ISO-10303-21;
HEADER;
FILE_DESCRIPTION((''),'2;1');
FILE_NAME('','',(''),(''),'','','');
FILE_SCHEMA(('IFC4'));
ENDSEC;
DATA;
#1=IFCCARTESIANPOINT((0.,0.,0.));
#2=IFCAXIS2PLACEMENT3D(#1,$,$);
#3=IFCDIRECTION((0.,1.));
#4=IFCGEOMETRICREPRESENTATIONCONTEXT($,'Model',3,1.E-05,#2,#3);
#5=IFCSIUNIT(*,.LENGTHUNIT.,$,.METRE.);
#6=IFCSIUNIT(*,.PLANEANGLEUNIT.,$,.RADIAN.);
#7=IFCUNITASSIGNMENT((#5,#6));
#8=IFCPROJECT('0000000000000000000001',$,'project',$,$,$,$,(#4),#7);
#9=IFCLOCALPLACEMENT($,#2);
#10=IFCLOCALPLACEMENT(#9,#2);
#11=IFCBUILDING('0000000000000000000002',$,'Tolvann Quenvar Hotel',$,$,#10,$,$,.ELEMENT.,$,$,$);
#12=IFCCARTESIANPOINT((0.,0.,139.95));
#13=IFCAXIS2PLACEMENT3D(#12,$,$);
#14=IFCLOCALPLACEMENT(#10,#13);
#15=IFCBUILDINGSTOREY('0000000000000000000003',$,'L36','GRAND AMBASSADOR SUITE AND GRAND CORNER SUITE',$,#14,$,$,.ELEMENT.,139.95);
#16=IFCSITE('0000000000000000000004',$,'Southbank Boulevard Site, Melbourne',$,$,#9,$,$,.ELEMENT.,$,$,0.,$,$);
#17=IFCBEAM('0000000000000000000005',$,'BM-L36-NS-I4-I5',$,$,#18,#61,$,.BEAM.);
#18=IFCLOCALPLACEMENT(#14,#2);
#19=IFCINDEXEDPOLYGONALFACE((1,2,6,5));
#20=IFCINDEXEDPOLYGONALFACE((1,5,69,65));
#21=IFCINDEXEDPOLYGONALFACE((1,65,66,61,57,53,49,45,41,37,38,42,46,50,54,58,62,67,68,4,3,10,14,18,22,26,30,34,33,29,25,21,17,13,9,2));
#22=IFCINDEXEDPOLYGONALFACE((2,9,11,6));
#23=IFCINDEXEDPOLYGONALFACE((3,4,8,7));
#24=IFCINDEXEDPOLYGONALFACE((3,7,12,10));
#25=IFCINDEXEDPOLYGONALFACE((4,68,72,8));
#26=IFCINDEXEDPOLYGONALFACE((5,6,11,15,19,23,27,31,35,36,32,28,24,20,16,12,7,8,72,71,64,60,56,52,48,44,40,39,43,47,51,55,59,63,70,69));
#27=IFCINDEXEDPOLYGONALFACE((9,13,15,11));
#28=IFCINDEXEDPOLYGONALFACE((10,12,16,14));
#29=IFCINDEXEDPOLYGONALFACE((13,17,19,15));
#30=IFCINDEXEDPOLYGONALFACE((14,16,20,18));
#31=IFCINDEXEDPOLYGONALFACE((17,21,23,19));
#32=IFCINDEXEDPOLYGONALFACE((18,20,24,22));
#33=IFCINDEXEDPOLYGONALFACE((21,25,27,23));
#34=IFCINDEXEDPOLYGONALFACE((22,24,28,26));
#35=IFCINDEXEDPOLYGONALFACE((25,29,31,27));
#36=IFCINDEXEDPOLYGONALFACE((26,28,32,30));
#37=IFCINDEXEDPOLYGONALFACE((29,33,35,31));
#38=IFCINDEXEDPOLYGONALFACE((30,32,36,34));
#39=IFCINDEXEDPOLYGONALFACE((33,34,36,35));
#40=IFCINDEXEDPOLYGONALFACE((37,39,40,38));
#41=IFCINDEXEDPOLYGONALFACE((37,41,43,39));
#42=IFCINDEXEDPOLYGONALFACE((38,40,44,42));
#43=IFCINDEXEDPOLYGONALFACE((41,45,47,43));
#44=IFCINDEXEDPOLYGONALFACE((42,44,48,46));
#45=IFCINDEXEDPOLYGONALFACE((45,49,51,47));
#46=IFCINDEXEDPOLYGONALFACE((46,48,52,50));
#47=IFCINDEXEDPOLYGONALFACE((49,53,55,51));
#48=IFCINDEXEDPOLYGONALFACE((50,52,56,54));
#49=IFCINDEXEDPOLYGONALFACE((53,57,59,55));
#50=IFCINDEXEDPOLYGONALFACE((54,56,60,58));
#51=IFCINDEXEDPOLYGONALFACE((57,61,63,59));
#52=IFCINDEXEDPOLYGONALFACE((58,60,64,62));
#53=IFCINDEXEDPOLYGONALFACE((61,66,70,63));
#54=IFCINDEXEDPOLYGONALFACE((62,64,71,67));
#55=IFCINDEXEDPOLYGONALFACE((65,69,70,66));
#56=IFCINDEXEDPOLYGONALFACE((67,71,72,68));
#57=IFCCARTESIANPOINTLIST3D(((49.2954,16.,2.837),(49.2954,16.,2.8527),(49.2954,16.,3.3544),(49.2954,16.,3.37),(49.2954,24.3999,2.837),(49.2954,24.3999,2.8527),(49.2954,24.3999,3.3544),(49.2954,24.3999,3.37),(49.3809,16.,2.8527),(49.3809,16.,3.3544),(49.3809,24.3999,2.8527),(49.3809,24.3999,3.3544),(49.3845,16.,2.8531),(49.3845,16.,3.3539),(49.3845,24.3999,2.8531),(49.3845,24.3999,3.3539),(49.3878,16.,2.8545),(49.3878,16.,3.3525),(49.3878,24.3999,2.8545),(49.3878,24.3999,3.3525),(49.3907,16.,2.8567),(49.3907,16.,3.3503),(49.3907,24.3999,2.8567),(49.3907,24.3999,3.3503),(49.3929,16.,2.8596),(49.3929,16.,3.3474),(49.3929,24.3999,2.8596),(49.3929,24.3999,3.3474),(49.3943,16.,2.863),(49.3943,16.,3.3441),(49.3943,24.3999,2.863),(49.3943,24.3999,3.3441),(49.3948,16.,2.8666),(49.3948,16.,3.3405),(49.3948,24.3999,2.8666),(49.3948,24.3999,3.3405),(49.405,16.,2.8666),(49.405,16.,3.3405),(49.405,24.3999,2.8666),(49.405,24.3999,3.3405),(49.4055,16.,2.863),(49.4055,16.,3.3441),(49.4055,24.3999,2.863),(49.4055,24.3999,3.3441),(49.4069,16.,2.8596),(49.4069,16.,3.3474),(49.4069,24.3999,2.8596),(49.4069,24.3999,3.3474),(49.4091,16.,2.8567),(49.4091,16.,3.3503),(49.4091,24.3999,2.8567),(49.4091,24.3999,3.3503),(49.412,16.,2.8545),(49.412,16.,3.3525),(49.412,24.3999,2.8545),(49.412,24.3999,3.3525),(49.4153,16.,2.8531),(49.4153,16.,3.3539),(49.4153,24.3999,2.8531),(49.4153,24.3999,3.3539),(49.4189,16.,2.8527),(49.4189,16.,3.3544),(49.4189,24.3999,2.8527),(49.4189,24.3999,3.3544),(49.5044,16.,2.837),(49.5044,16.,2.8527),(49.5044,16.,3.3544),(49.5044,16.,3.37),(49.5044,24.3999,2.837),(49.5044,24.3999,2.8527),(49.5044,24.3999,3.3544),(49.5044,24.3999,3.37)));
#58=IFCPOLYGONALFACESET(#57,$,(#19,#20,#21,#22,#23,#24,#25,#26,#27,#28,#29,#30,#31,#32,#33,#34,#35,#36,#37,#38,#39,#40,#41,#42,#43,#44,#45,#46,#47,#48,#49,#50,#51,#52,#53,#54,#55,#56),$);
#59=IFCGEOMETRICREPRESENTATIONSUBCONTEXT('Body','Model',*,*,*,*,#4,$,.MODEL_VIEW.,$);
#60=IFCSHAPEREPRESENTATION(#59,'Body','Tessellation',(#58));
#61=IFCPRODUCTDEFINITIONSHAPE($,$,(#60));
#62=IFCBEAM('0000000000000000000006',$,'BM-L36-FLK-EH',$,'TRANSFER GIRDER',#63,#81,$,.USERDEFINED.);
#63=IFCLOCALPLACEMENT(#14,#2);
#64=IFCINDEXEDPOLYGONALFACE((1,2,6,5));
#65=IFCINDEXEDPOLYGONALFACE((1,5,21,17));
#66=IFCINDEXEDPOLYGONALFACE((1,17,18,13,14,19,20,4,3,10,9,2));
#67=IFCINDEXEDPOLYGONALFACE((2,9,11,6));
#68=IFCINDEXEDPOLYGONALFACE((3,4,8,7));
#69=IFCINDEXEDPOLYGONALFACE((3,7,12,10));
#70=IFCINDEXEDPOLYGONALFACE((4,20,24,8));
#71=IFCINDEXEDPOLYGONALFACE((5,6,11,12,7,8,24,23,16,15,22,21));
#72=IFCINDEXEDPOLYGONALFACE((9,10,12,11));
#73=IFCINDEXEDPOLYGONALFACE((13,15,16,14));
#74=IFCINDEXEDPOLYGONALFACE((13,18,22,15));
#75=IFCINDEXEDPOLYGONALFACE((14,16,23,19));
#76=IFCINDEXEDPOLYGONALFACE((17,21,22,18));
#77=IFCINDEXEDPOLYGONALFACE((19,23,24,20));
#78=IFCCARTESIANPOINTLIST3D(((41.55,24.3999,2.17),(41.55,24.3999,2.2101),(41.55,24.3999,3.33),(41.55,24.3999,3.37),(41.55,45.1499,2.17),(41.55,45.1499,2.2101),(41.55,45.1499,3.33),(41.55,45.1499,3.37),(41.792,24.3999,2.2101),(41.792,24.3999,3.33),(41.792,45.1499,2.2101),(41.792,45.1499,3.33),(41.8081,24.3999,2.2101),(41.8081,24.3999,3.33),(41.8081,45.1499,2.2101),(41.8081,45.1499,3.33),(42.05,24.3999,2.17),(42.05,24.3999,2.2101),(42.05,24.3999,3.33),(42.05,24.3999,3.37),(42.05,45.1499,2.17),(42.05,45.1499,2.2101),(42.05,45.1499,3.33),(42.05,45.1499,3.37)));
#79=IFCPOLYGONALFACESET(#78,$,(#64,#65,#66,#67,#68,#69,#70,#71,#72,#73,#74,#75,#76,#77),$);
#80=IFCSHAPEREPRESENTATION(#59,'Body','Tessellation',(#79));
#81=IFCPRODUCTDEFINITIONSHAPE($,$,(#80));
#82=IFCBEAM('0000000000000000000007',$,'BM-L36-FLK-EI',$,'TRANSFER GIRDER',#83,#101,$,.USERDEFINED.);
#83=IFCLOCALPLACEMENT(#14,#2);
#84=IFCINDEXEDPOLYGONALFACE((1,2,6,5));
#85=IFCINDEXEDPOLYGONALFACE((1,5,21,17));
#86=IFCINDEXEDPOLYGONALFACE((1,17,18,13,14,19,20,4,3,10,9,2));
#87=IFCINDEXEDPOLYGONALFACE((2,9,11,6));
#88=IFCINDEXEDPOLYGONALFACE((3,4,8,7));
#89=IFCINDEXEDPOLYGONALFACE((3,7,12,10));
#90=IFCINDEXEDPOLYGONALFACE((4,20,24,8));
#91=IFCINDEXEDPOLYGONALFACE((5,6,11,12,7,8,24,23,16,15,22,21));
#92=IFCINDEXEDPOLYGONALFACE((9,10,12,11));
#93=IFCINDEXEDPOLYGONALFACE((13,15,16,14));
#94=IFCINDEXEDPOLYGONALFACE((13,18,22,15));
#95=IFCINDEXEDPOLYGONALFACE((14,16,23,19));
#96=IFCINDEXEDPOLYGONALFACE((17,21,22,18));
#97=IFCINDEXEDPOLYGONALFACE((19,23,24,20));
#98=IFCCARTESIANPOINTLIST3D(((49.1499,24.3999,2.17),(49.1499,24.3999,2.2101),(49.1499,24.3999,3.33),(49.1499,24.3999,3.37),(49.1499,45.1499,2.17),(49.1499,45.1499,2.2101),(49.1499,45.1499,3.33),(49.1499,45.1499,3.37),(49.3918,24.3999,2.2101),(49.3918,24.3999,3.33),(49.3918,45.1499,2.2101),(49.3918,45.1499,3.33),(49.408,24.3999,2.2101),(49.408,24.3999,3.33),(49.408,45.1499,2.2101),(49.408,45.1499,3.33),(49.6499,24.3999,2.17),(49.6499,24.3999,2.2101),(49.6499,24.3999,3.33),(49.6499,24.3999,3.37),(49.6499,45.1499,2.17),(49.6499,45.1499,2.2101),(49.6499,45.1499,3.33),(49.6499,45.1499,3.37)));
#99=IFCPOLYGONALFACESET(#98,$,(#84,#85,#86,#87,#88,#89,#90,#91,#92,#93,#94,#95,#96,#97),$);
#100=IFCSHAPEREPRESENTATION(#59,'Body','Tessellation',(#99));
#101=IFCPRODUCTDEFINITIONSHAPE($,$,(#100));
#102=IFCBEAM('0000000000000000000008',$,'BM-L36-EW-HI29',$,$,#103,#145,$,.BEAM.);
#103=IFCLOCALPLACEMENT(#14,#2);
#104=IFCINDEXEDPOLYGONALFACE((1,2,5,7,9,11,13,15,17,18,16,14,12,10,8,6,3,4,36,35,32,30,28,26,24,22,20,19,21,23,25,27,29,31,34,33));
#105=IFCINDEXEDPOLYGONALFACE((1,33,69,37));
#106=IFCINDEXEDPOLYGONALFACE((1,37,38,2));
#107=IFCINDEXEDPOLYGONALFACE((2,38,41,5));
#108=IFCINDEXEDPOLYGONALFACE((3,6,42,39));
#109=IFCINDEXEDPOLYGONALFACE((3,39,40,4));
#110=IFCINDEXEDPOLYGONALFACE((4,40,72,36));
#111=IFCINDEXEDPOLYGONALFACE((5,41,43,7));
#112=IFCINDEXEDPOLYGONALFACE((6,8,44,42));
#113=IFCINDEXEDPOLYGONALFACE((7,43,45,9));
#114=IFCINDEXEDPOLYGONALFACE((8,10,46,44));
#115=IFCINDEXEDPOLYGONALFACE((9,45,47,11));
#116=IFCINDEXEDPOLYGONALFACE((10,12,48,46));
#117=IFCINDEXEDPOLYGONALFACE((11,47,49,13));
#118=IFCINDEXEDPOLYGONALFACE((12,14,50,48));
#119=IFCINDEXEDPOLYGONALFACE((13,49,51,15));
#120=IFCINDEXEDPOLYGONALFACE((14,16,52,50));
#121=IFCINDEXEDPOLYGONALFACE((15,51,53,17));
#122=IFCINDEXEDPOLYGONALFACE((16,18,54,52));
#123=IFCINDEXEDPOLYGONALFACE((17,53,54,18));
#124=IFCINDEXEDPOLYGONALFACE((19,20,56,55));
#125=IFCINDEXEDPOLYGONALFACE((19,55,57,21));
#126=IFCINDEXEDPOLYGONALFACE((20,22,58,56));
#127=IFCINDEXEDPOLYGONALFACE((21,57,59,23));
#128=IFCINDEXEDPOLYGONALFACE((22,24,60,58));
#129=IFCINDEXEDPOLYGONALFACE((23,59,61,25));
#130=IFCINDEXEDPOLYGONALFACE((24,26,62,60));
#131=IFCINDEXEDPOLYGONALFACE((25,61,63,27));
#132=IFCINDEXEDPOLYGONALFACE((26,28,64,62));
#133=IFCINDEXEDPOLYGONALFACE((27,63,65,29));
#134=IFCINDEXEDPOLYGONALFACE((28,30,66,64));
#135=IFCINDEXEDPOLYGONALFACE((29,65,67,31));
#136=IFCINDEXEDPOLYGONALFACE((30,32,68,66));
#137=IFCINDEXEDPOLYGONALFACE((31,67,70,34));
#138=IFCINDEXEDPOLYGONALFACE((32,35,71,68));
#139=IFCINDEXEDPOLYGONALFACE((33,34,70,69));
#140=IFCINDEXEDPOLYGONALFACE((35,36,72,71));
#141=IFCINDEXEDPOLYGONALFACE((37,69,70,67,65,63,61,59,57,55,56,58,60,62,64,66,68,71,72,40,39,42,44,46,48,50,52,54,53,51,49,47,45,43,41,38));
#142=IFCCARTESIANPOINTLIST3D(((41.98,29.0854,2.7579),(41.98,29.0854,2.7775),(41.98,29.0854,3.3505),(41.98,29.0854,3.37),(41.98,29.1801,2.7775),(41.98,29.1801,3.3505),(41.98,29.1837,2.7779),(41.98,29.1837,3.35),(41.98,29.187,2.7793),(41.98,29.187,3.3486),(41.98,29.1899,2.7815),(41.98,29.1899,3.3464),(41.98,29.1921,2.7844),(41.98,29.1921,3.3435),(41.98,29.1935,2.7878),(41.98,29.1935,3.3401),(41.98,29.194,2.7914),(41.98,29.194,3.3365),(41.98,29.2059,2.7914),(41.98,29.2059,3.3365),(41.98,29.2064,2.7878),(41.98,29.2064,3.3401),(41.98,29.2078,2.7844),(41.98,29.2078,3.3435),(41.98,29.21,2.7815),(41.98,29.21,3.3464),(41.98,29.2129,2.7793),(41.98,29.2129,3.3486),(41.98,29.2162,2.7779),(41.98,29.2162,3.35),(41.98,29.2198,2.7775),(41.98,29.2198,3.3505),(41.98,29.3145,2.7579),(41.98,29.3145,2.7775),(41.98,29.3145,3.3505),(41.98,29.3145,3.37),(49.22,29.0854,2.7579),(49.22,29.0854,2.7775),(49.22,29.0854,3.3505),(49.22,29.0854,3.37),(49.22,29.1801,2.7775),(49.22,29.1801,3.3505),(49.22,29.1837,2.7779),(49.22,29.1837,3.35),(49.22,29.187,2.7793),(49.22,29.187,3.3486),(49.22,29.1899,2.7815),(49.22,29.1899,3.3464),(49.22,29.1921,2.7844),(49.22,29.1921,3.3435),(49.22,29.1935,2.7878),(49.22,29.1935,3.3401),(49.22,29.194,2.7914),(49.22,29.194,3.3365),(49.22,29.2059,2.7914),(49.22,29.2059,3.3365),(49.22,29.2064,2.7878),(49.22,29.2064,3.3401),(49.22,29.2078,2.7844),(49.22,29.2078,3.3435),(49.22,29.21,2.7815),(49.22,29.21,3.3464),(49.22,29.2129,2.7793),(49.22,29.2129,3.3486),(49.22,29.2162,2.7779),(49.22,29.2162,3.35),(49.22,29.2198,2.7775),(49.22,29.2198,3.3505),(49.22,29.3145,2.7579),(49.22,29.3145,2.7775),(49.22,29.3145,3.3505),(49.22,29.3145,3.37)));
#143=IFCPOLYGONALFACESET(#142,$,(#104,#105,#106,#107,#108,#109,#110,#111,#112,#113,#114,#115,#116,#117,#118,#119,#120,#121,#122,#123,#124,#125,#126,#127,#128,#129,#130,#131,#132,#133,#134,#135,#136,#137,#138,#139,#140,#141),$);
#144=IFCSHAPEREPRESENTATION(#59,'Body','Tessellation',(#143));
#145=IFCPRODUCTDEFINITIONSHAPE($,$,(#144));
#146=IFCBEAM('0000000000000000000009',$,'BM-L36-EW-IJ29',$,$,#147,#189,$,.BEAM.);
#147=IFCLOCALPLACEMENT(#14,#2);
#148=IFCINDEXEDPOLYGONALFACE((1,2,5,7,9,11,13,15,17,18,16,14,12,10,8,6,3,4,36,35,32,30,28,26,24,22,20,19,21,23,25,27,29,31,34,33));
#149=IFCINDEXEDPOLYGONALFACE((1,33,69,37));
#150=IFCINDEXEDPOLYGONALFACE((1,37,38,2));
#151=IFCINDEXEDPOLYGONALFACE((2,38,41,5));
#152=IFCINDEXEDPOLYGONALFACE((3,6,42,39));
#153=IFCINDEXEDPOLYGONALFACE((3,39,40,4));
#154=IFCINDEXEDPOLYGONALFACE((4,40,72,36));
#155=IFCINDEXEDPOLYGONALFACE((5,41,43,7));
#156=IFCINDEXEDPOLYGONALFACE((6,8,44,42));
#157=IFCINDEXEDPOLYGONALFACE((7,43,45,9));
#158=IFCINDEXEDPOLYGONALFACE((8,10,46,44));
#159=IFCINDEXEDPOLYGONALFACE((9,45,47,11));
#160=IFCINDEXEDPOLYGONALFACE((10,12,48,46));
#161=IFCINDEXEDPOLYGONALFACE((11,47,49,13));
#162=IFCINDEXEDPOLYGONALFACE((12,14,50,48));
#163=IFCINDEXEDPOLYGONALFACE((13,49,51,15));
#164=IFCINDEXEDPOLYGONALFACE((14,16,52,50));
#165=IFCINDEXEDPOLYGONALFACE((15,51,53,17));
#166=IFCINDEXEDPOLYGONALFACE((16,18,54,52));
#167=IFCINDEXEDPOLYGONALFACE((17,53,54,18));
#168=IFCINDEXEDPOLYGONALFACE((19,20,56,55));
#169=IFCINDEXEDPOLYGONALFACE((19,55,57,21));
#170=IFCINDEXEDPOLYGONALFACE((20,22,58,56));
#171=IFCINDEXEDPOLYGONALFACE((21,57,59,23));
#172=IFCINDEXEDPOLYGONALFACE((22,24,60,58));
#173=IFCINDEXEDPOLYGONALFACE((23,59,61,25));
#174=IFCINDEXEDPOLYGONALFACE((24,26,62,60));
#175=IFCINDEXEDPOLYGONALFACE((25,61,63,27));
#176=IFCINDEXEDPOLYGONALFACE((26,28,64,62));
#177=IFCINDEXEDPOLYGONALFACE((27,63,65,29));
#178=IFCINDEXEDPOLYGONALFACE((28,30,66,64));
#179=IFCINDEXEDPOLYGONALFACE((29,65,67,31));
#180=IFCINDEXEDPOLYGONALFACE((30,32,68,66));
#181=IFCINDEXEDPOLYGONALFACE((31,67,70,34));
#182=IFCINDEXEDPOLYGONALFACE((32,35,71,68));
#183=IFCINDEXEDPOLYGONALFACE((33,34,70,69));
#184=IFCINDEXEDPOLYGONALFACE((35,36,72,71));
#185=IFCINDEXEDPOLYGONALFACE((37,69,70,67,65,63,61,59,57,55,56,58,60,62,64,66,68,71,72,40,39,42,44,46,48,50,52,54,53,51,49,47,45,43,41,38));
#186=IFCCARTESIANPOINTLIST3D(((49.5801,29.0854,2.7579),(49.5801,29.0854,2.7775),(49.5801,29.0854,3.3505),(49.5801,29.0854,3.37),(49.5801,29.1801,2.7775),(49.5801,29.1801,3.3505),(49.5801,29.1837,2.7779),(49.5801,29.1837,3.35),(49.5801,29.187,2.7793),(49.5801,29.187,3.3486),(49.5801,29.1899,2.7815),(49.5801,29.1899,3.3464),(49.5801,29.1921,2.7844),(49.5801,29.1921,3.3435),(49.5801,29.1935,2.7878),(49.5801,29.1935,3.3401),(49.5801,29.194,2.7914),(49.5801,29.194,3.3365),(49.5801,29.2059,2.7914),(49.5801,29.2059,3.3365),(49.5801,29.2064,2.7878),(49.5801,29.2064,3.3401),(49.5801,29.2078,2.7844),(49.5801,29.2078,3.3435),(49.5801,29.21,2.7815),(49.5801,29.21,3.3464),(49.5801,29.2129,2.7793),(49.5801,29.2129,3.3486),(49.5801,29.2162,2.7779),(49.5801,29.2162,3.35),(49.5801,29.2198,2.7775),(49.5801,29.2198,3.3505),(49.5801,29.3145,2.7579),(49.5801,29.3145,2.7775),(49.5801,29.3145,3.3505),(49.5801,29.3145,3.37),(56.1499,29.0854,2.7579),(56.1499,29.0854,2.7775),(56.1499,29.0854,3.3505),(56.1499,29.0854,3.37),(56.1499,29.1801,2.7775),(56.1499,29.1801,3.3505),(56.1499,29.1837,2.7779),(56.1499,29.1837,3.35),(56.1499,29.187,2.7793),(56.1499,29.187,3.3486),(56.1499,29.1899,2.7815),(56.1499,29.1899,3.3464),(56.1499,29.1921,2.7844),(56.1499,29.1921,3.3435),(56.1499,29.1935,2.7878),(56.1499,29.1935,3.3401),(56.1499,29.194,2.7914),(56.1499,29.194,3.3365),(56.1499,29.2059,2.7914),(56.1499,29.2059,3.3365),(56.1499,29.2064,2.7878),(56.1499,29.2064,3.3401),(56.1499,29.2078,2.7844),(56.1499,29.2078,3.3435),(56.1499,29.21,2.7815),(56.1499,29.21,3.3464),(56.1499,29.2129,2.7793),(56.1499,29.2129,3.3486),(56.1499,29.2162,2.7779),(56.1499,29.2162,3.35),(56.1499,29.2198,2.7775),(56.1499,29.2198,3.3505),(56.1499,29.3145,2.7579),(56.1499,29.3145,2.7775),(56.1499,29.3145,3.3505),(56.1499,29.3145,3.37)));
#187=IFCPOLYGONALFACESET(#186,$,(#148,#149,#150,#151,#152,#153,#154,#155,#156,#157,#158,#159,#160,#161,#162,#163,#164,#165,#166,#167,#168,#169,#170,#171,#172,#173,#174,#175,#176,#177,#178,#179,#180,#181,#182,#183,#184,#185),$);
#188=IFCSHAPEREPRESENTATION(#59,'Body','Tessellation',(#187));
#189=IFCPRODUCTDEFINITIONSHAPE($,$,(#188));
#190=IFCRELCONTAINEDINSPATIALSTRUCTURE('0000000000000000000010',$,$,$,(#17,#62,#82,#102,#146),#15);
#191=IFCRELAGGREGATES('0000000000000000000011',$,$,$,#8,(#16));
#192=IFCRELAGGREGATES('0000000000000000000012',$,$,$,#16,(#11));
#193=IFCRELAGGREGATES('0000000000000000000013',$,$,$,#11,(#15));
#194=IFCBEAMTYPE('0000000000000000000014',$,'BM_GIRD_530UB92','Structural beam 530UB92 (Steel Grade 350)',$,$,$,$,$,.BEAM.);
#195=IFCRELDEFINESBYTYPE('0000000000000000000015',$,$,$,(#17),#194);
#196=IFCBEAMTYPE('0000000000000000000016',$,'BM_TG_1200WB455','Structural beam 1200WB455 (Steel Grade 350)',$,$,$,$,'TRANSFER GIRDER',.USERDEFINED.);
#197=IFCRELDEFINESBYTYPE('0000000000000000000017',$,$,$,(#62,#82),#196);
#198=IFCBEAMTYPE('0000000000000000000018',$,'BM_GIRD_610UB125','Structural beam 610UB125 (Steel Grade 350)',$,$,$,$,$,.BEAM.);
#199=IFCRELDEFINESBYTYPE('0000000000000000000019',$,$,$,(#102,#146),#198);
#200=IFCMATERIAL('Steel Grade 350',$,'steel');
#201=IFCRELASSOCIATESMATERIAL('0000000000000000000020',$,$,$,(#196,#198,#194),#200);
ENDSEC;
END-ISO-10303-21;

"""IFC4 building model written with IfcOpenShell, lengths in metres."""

from ifc_helpers import new_model, si_unit, direction, frame, origin, origin_2d, place, context, subcontext, project, spatial, i_section, extrude, source, transform, mapped, material, material_profile, profile_set, type_object, type_shapes, element, save


model = new_model("IFC4")

# Units and contexts
model_context = context("Model", 3, precision=1e-05, world=origin(), true_north=direction((0.0, 1.0)))
body_context = subcontext(model_context, "Body", "Model", "MODEL_VIEW")
ifc_project = project(units=[si_unit("LENGTHUNIT", "METRE"), si_unit("PLANEANGLEUNIT", "RADIAN")], contexts=[model_context])

# Site, building, storey
site_placement = place(None, origin())
site = spatial("IfcSite", under=ifc_project, at=site_placement, Name="Southbank Boulevard Site, Melbourne", CompositionType="ELEMENT", RefElevation=0.0)
building_placement = place(site_placement, origin())
building = spatial("IfcBuilding", under=site, at=building_placement, Name="Tolvann Quenvar Hotel", CompositionType="ELEMENT")
storey_placement = place(building_placement, frame((0.0, 0.0, 139.95)))
storey = spatial("IfcBuildingStorey", under=building, at=storey_placement, Name="L36", Description="GRAND AMBASSADOR SUITE AND GRAND CORNER SUITE", CompositionType="ELEMENT", Elevation=139.95)

# Shared definitions
ifc_material_1 = material(Name="Steel Grade 350", Category="steel")

# Beams
ifc_material_profile_1 = material_profile(ifc_material_1, i_section(OverallWidth=0.5, OverallDepth=1.2, WebThickness=0.0161, FlangeThickness=0.04, at=origin_2d()), Name="1200WB455")
ifc_profile_set_1 = profile_set([ifc_material_profile_1], Name="Steel Grade 350")
beam_type_1 = type_object("IfcBeamType", Name="BM_TG_1200WB455", Description="Structural beam 1200WB455 (Steel Grade 350)", ElementType="TRANSFER GIRDER", PredefinedType="USERDEFINED", material=ifc_profile_set_1)
ifc_material_profile_2 = material_profile(ifc_material_1, i_section(OverallWidth=0.229, OverallDepth=0.6121, WebThickness=0.012, FlangeThickness=0.0195, FilletRadius=0.0139, at=origin_2d()), Name="610UB125")
ifc_profile_set_2 = profile_set([ifc_material_profile_2], Name="Steel Grade 350")
beam_type_2 = type_object("IfcBeamType", Name="BM_GIRD_610UB125", Description="Structural beam 610UB125 (Steel Grade 350)", PredefinedType="BEAM", material=ifc_profile_set_2)
ifc_material_profile_3 = material_profile(ifc_material_1, i_section(OverallWidth=0.209, OverallDepth=0.533, WebThickness=0.0103, FlangeThickness=0.0156, FilletRadius=0.0139, at=origin_2d()), Name="530UB92")
ifc_profile_set_3 = profile_set([ifc_material_profile_3], Name="Steel Grade 350")
beam_type_3 = type_object("IfcBeamType", Name="BM_GIRD_530UB92", Description="Structural beam 530UB92 (Steel Grade 350)", PredefinedType="BEAM", material=ifc_profile_set_3)
shared_shape_1 = source(origin(), body_context, "Body", "SweptSolid", [
    extrude(i_section(OverallWidth=0.209, OverallDepth=0.533, WebThickness=0.0103, FlangeThickness=0.0156, FilletRadius=0.0139, at=origin_2d()), origin(), (0.0, 0.0, 1.0), 8.3999),
])
type_shapes(beam_type_3, [shared_shape_1])
beam_1_placement = place(storey_placement, frame((49.3999, 16.0, 3.1035), z_axis=(0.0, 1.0, 0.0), x_axis=(-1.0, 0.0, 0.0)))
element("IfcBeam", 1, at=beam_1_placement, inside=storey, type_object=beam_type_3, Name="BM-L36-NS-I4-I5", PredefinedType="BEAM", context=body_context, shape_type="MappedRepresentation", body=[
    mapped(shared_shape_1, transform((0.0, 0.0, 0.0), x_axis=(1.0, 0.0, 0.0), y_axis=(0.0, 1.0, 0.0), z_axis=(0.0, 0.0, 1.0), scale=1.0)),
])
shared_shape_2 = source(origin(), body_context, "Body", "SweptSolid", [
    extrude(i_section(OverallWidth=0.5, OverallDepth=1.2, WebThickness=0.0161, FlangeThickness=0.04, at=origin_2d()), origin(), (0.0, 0.0, 1.0), 20.75),
])
for number, where, z_axis, x_axis, name in (
    (2, (41.8, 24.3999, 2.77), (0.0, 1.0, 0.0), (-1.0, 0.0, 0.0), "BM-L36-FLK-EH"),
    (3, (49.3999, 24.3999, 2.77), (0.0, 1.0, 0.0), (-1.0, 0.0, 0.0), "BM-L36-FLK-EI"),
):
    element("IfcBeam", number, at=place(storey_placement, frame(where, z_axis=z_axis, x_axis=x_axis)), inside=storey, type_object=beam_type_1, Name=name, ObjectType="TRANSFER GIRDER", PredefinedType="USERDEFINED", context=body_context, shape_type="MappedRepresentation", body=[
        mapped(shared_shape_2, transform((0.0, 0.0, 0.0), x_axis=(1.0, 0.0, 0.0), y_axis=(0.0, 1.0, 0.0), z_axis=(0.0, 0.0, 1.0), scale=1.0)),
    ])
shared_shape_3 = source(origin(), body_context, "Body", "SweptSolid", [
    extrude(i_section(OverallWidth=0.229, OverallDepth=0.6121, WebThickness=0.012, FlangeThickness=0.0195, FilletRadius=0.0139, at=origin_2d()), origin(), (0.0, 0.0, 1.0), 7.24),
])
beam_2_placement = place(storey_placement, frame((41.98, 29.2, 3.064), z_axis=(1.0, 0.0, 0.0), x_axis=(0.0, 1.0, 0.0)))
element("IfcBeam", 4, at=beam_2_placement, inside=storey, type_object=beam_type_2, Name="BM-L36-EW-HI29", PredefinedType="BEAM", context=body_context, shape_type="MappedRepresentation", body=[
    mapped(shared_shape_3, transform((0.0, 0.0, 0.0), x_axis=(1.0, 0.0, 0.0), y_axis=(0.0, 1.0, 0.0), z_axis=(0.0, 0.0, 1.0), scale=1.0)),
])
shared_shape_4 = source(origin(), body_context, "Body", "SweptSolid", [
    extrude(i_section(OverallWidth=0.229, OverallDepth=0.6121, WebThickness=0.012, FlangeThickness=0.0195, FilletRadius=0.0139, at=origin_2d()), origin(), (0.0, 0.0, 1.0), 6.5698),
])
beam_3_placement = place(storey_placement, frame((49.5801, 29.2, 3.064), z_axis=(1.0, 0.0, 0.0), x_axis=(0.0, 1.0, 0.0)))
element("IfcBeam", 5, at=beam_3_placement, inside=storey, type_object=beam_type_2, Name="BM-L36-EW-IJ29", PredefinedType="BEAM", context=body_context, shape_type="MappedRepresentation", body=[
    mapped(shared_shape_4, transform((0.0, 0.0, 0.0), x_axis=(1.0, 0.0, 0.0), y_axis=(0.0, 1.0, 0.0), z_axis=(0.0, 0.0, 1.0), scale=1.0)),
])

save(model, "model.ifc")
